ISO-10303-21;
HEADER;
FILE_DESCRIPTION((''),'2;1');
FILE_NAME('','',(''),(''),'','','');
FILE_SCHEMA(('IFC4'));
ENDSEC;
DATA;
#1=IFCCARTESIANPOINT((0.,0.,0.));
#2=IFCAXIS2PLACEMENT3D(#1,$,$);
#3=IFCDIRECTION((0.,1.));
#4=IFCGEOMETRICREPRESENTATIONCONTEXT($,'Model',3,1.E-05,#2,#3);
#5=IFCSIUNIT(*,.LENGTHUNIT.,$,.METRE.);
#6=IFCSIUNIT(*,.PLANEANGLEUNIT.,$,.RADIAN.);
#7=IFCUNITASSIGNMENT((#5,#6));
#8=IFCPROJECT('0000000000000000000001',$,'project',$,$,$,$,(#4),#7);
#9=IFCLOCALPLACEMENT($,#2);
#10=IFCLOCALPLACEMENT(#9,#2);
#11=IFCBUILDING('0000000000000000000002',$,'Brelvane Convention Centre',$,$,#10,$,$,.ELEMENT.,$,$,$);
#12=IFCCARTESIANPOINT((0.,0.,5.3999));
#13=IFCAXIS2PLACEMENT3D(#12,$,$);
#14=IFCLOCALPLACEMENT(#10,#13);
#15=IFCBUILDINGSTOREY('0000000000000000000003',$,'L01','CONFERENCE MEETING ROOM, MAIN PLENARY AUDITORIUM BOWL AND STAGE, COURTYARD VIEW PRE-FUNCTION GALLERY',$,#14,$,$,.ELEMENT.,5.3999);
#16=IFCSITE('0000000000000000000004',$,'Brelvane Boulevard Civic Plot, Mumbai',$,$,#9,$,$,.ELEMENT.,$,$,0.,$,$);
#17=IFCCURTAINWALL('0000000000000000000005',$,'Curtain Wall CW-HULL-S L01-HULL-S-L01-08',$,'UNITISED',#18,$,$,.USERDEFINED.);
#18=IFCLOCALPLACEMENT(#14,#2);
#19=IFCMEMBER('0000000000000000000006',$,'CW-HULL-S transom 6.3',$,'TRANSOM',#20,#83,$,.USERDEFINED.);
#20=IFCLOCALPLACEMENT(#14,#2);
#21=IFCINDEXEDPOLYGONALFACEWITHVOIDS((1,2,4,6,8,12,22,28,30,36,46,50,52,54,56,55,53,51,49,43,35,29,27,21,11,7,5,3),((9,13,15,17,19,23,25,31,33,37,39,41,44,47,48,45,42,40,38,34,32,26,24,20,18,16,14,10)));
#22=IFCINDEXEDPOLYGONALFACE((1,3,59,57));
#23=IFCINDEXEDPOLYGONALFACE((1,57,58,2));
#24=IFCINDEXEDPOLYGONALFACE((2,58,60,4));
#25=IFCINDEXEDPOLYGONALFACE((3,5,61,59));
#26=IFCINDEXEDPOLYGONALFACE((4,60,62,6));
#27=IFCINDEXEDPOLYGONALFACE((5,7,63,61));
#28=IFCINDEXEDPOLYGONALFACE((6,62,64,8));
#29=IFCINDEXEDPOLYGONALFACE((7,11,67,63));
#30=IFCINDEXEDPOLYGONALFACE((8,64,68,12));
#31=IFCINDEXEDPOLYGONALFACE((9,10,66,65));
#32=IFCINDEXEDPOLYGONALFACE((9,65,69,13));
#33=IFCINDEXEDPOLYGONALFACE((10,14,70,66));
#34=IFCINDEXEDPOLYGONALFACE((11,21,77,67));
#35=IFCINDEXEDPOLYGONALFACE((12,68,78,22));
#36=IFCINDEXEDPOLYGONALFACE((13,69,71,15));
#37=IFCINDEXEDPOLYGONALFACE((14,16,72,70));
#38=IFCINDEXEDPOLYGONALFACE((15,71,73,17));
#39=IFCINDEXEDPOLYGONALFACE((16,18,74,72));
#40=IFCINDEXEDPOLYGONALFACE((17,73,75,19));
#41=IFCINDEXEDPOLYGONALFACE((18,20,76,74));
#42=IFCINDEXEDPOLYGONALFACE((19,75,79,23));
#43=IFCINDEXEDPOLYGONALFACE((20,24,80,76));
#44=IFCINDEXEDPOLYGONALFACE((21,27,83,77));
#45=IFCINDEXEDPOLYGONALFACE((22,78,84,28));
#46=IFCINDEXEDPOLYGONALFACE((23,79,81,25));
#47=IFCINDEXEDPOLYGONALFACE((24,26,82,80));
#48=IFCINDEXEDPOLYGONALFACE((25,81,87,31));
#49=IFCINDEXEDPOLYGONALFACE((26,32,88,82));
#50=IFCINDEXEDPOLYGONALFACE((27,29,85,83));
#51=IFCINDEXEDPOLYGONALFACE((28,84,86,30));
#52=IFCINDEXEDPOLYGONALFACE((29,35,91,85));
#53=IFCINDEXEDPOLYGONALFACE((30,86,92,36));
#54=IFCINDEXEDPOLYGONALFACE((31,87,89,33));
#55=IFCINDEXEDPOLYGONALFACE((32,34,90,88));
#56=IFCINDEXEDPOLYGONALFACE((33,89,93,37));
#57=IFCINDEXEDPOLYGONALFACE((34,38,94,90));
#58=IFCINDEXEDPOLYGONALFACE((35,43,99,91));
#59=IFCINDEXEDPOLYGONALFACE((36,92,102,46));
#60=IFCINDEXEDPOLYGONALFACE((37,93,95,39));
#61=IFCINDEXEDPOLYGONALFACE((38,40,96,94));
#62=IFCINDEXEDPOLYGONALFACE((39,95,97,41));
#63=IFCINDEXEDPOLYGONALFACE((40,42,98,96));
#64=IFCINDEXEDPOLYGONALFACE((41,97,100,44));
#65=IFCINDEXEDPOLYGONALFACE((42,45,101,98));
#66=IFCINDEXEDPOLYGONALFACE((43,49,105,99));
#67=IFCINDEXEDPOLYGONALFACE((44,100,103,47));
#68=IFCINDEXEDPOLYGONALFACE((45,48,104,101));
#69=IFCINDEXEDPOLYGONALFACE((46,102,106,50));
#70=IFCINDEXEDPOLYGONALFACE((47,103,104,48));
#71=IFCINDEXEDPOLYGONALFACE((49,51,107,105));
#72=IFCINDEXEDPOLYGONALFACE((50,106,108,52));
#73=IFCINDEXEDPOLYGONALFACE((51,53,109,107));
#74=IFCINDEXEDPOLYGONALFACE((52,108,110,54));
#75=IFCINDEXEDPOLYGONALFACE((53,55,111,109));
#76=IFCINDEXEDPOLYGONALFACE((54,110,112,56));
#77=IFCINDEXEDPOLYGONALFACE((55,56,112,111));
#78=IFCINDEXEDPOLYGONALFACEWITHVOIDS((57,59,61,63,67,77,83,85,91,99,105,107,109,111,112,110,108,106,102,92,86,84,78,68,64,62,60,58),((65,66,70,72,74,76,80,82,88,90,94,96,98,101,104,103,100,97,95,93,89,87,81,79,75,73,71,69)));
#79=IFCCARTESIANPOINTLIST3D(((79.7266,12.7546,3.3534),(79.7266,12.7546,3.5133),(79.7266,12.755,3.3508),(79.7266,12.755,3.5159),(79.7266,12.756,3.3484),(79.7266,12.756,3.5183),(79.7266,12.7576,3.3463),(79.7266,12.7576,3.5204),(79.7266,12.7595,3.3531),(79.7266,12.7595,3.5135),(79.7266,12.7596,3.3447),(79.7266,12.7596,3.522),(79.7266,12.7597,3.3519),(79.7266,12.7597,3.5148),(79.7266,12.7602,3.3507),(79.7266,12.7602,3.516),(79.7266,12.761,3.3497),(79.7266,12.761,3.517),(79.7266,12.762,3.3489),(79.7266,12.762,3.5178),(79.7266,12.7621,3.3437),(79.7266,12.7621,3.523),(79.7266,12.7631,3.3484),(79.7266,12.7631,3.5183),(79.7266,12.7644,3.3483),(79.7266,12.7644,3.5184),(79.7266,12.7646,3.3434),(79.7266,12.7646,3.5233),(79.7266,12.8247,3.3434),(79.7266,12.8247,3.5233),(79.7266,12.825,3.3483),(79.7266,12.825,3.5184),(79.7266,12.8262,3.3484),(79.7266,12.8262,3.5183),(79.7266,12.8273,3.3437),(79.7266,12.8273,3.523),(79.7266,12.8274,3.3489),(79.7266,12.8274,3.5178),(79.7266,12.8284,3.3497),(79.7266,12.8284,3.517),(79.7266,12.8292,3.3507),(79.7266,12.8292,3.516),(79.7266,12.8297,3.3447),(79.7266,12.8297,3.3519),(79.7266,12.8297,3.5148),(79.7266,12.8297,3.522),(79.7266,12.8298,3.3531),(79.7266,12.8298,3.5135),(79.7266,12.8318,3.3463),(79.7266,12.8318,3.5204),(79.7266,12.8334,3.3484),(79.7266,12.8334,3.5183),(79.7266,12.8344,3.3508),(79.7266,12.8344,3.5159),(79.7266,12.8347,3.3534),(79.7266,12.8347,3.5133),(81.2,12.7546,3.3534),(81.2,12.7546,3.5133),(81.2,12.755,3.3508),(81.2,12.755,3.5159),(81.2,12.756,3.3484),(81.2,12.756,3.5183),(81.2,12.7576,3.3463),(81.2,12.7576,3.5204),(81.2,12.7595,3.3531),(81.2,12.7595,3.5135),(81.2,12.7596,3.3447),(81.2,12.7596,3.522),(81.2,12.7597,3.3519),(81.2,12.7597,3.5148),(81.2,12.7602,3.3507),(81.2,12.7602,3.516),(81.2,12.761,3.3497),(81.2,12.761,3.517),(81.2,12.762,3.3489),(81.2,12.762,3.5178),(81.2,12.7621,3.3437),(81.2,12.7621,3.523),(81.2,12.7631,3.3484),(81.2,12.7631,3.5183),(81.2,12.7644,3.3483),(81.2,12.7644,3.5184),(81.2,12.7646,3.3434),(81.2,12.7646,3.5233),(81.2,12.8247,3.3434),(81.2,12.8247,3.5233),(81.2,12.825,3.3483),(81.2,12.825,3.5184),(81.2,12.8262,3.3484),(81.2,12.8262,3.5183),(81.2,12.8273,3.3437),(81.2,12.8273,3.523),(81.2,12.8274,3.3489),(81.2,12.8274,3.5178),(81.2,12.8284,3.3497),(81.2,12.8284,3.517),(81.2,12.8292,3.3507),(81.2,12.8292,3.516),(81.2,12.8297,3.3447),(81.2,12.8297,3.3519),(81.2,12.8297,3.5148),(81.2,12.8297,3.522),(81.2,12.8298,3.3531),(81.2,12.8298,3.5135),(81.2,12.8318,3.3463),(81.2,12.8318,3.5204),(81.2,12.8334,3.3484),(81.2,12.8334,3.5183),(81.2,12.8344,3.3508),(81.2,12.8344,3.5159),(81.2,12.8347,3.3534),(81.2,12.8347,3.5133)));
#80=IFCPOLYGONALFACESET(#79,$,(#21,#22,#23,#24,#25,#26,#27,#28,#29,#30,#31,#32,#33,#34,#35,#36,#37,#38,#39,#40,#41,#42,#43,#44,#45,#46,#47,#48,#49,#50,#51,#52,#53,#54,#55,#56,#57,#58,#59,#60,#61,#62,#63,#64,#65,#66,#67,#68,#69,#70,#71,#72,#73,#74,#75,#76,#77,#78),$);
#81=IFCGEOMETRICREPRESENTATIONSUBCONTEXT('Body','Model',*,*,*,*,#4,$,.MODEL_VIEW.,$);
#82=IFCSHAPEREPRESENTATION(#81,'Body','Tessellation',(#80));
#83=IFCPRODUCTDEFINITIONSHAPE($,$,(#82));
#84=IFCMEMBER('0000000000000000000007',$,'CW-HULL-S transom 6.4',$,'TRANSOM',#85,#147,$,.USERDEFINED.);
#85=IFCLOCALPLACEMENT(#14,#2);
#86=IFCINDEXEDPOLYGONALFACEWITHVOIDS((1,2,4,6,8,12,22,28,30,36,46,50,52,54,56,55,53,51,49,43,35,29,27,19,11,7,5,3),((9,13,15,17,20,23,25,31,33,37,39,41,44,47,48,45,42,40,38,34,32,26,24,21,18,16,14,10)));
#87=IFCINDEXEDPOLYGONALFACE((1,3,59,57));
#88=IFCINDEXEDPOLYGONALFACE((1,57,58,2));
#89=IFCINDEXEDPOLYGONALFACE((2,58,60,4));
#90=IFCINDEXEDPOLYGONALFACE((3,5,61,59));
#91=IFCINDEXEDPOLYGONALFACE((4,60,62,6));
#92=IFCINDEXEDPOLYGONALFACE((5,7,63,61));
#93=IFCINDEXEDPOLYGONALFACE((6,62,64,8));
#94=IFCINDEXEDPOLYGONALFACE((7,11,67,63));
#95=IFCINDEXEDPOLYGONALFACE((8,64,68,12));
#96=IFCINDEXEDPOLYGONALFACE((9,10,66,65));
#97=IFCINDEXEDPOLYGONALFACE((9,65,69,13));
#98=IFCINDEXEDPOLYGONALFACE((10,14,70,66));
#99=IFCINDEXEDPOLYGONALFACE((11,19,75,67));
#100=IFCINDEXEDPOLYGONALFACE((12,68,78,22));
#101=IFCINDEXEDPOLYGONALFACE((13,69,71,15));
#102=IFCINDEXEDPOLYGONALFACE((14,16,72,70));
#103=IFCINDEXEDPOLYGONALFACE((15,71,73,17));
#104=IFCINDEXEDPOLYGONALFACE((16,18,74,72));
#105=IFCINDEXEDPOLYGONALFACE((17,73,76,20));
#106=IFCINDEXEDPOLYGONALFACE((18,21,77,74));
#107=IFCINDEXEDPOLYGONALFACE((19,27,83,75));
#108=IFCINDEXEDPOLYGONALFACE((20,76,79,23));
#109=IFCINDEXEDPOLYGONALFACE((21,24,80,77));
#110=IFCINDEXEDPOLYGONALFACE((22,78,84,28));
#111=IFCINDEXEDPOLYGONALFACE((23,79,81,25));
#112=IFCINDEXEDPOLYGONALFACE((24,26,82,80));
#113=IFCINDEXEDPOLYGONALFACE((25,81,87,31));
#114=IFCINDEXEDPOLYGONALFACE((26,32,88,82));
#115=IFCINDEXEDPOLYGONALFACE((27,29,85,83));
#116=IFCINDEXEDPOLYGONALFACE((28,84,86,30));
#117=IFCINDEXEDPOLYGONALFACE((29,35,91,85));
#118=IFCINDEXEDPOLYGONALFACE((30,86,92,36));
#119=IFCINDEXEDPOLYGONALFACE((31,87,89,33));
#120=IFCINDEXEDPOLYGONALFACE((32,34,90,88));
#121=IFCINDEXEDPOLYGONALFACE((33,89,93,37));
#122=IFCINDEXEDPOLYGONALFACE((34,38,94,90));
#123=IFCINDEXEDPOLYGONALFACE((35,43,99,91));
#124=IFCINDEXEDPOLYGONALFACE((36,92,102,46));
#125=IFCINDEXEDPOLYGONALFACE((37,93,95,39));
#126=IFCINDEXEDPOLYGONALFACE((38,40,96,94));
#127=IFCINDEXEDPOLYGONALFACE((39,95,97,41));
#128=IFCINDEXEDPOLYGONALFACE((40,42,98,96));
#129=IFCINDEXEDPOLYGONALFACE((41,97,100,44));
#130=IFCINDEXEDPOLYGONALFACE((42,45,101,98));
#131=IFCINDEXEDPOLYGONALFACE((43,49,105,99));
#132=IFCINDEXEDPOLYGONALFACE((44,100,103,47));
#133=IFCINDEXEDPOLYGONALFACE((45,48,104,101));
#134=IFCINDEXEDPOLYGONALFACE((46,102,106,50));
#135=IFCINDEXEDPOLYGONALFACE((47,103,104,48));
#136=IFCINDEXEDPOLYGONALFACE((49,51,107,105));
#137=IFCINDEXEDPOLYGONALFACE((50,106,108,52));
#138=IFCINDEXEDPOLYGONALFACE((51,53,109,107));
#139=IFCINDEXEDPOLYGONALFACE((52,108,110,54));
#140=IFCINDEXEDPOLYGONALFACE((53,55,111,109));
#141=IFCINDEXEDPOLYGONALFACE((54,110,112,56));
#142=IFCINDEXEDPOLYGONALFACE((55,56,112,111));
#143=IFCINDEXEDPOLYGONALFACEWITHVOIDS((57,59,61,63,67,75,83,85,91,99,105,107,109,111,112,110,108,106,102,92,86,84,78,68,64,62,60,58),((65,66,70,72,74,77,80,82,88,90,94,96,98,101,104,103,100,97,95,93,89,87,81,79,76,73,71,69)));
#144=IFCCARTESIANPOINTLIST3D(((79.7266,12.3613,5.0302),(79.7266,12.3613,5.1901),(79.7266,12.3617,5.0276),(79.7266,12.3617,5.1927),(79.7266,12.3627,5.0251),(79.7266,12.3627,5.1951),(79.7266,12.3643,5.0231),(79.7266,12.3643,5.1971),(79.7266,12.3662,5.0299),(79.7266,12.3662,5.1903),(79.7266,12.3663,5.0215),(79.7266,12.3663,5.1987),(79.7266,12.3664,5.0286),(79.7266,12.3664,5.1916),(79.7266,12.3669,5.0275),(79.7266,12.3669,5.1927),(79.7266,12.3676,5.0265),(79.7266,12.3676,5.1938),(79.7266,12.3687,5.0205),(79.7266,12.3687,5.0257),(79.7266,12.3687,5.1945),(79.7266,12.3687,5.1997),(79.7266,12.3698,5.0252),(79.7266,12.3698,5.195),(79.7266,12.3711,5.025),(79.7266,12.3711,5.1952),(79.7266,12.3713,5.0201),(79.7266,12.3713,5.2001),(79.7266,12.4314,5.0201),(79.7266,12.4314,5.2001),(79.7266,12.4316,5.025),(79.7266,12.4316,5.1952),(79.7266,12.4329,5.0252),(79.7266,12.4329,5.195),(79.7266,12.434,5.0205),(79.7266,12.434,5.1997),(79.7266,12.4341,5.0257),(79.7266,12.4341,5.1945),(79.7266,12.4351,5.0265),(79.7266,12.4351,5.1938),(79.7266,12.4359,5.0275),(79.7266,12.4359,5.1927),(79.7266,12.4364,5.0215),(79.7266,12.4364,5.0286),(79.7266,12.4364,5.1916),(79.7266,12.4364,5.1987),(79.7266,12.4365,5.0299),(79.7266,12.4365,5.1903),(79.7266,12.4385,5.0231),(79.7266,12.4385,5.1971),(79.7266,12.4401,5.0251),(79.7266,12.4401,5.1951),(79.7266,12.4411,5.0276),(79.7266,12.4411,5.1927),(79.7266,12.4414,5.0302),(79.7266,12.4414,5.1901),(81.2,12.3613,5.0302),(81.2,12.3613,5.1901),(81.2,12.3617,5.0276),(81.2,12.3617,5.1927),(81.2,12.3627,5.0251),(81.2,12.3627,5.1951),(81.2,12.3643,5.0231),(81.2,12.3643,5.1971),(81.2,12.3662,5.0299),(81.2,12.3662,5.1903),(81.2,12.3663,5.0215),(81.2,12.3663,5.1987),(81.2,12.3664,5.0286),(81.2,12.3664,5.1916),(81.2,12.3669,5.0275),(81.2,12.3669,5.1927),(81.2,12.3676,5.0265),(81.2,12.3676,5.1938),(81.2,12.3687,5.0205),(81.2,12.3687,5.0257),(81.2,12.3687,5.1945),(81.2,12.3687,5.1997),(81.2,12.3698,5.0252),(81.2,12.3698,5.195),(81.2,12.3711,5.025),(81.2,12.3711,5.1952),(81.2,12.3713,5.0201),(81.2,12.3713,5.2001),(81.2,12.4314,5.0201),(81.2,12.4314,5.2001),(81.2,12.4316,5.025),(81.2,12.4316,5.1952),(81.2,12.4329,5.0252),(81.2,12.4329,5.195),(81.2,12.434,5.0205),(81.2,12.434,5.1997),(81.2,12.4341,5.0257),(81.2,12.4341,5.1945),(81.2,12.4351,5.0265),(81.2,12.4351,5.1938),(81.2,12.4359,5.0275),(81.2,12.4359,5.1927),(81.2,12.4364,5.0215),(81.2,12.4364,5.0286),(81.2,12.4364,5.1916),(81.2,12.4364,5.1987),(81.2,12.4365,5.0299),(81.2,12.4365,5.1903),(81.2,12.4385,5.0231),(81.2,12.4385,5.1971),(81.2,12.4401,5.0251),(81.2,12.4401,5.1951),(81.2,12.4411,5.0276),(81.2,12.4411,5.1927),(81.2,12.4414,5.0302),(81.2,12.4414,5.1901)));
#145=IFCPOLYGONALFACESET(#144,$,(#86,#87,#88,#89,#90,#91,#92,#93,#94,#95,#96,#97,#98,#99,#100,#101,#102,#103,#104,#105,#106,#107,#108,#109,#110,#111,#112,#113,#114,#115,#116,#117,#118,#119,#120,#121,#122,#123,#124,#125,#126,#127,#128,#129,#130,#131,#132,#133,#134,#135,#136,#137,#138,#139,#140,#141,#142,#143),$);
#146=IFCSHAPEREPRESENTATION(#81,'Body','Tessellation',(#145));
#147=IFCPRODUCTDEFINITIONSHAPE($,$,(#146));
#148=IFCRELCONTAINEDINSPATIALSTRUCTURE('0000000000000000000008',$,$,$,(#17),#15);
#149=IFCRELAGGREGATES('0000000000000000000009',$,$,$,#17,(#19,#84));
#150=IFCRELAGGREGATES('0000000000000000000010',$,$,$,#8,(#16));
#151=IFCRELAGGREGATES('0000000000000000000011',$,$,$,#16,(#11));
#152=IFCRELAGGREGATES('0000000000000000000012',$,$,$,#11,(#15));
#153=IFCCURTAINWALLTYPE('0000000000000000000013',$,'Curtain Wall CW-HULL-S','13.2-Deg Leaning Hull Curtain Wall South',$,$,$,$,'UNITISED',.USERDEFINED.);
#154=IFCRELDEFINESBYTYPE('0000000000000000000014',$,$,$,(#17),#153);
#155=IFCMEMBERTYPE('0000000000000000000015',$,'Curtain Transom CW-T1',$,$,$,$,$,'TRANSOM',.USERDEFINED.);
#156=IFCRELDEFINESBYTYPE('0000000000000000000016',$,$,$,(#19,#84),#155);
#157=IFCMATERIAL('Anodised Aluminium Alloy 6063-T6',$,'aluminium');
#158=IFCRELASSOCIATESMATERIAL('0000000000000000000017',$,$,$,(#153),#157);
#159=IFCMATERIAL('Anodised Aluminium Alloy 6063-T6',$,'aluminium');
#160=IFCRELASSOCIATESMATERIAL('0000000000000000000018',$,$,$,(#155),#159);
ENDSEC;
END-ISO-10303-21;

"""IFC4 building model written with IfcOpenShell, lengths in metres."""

from ifc_helpers import new_model, si_unit, direction, frame, origin, origin_2d, place, context, subcontext, project, spatial, hollow_rectangle, extrude, material, material_profile, profile_set, type_object, element, aggregate, save


model = new_model("IFC4")

# Units and contexts
model_context = context("Model", 3, precision=1e-05, world=origin(), true_north=direction((0.0, 1.0)))
body_context = subcontext(model_context, "Body", "Model", "MODEL_VIEW")
ifc_project = project(units=[si_unit("LENGTHUNIT", "METRE"), si_unit("PLANEANGLEUNIT", "RADIAN")], contexts=[model_context])

# Site, building, storey
site_placement = place(None, origin())
site = spatial("IfcSite", under=ifc_project, at=site_placement, Name="Brelvane Boulevard Civic Plot, Mumbai", CompositionType="ELEMENT", RefElevation=0.0)
building_placement = place(site_placement, origin())
building = spatial("IfcBuilding", under=site, at=building_placement, Name="Brelvane Convention Centre", CompositionType="ELEMENT")
storey_placement = place(building_placement, frame((0.0, 0.0, 5.3999)))
storey = spatial("IfcBuildingStorey", under=building, at=storey_placement, Name="L01", Description="CONFERENCE MEETING ROOM, MAIN PLENARY AUDITORIUM BOWL AND STAGE, COURTYARD VIEW PRE-FUNCTION GALLERY", CompositionType="ELEMENT", Elevation=5.3999)

# Curtain wall, members
ifc_material_1 = material(Name="Anodised Aluminium Alloy 6063-T6", Category="aluminium")
curtain_wall_type = type_object("IfcCurtainWallType", Name="Curtain Wall CW-HULL-S", Description="13.2-Deg Leaning Hull Curtain Wall South", ElementType="UNITISED", PredefinedType="USERDEFINED", material=ifc_material_1)
curtain_wall_1_placement = place(storey_placement, origin())
curtain_wall_1 = element("IfcCurtainWall", 1, at=curtain_wall_1_placement, inside=storey, type_object=curtain_wall_type, Name="Curtain Wall CW-HULL-S L01-HULL-S-L01-08", ObjectType="UNITISED", PredefinedType="USERDEFINED")
ifc_material_2 = material(Name="Anodised Aluminium Alloy 6063-T6", Category="aluminium")
ifc_material_profile = material_profile(ifc_material_2, hollow_rectangle(XDim=0.0801, YDim=0.1799, WallThickness=0.0049, InnerFilletRadius=0.0049, OuterFilletRadius=0.01, at=origin_2d()), Name="ALU-T 180x80x5.0")
ifc_profile_set = profile_set([ifc_material_profile], Name="Anodised Aluminium Alloy 6063-T6")
member_type = type_object("IfcMemberType", Name="Curtain Transom CW-T1", ElementType="TRANSOM", PredefinedType="USERDEFINED", material=ifc_profile_set)
member_1_placement = place(storey_placement, frame((79.7266, 12.7947, 3.4333), z_axis=(1.0, 0.0, 0.0), x_axis=(0.0, 1.0, 0.0)))
member_1 = element("IfcMember", 2, at=member_1_placement, type_object=member_type, Name="CW-HULL-S transom 6.3", ObjectType="TRANSOM", PredefinedType="USERDEFINED", context=body_context, shape_type="SweptSolid", body=[
    extrude(hollow_rectangle(XDim=0.0801, YDim=0.1799, WallThickness=0.0049, InnerFilletRadius=0.0049, OuterFilletRadius=0.01, at=origin_2d()), origin(), (0.0, 0.0, 1.0), 1.4734),
])
member_2_placement = place(storey_placement, frame((79.7266, 12.4014, 5.1101), z_axis=(1.0, 0.0, 0.0), x_axis=(0.0, 1.0, 0.0)))
member_2 = element("IfcMember", 3, at=member_2_placement, type_object=member_type, Name="CW-HULL-S transom 6.4", ObjectType="TRANSOM", PredefinedType="USERDEFINED", context=body_context, shape_type="SweptSolid", body=[
    extrude(hollow_rectangle(XDim=0.0801, YDim=0.1799, WallThickness=0.0049, InnerFilletRadius=0.0049, OuterFilletRadius=0.01, at=origin_2d()), origin(), (0.0, 0.0, 1.0), 1.4734),
])

aggregate(curtain_wall_1, [member_1, member_2])

save(model, "model.ifc")
